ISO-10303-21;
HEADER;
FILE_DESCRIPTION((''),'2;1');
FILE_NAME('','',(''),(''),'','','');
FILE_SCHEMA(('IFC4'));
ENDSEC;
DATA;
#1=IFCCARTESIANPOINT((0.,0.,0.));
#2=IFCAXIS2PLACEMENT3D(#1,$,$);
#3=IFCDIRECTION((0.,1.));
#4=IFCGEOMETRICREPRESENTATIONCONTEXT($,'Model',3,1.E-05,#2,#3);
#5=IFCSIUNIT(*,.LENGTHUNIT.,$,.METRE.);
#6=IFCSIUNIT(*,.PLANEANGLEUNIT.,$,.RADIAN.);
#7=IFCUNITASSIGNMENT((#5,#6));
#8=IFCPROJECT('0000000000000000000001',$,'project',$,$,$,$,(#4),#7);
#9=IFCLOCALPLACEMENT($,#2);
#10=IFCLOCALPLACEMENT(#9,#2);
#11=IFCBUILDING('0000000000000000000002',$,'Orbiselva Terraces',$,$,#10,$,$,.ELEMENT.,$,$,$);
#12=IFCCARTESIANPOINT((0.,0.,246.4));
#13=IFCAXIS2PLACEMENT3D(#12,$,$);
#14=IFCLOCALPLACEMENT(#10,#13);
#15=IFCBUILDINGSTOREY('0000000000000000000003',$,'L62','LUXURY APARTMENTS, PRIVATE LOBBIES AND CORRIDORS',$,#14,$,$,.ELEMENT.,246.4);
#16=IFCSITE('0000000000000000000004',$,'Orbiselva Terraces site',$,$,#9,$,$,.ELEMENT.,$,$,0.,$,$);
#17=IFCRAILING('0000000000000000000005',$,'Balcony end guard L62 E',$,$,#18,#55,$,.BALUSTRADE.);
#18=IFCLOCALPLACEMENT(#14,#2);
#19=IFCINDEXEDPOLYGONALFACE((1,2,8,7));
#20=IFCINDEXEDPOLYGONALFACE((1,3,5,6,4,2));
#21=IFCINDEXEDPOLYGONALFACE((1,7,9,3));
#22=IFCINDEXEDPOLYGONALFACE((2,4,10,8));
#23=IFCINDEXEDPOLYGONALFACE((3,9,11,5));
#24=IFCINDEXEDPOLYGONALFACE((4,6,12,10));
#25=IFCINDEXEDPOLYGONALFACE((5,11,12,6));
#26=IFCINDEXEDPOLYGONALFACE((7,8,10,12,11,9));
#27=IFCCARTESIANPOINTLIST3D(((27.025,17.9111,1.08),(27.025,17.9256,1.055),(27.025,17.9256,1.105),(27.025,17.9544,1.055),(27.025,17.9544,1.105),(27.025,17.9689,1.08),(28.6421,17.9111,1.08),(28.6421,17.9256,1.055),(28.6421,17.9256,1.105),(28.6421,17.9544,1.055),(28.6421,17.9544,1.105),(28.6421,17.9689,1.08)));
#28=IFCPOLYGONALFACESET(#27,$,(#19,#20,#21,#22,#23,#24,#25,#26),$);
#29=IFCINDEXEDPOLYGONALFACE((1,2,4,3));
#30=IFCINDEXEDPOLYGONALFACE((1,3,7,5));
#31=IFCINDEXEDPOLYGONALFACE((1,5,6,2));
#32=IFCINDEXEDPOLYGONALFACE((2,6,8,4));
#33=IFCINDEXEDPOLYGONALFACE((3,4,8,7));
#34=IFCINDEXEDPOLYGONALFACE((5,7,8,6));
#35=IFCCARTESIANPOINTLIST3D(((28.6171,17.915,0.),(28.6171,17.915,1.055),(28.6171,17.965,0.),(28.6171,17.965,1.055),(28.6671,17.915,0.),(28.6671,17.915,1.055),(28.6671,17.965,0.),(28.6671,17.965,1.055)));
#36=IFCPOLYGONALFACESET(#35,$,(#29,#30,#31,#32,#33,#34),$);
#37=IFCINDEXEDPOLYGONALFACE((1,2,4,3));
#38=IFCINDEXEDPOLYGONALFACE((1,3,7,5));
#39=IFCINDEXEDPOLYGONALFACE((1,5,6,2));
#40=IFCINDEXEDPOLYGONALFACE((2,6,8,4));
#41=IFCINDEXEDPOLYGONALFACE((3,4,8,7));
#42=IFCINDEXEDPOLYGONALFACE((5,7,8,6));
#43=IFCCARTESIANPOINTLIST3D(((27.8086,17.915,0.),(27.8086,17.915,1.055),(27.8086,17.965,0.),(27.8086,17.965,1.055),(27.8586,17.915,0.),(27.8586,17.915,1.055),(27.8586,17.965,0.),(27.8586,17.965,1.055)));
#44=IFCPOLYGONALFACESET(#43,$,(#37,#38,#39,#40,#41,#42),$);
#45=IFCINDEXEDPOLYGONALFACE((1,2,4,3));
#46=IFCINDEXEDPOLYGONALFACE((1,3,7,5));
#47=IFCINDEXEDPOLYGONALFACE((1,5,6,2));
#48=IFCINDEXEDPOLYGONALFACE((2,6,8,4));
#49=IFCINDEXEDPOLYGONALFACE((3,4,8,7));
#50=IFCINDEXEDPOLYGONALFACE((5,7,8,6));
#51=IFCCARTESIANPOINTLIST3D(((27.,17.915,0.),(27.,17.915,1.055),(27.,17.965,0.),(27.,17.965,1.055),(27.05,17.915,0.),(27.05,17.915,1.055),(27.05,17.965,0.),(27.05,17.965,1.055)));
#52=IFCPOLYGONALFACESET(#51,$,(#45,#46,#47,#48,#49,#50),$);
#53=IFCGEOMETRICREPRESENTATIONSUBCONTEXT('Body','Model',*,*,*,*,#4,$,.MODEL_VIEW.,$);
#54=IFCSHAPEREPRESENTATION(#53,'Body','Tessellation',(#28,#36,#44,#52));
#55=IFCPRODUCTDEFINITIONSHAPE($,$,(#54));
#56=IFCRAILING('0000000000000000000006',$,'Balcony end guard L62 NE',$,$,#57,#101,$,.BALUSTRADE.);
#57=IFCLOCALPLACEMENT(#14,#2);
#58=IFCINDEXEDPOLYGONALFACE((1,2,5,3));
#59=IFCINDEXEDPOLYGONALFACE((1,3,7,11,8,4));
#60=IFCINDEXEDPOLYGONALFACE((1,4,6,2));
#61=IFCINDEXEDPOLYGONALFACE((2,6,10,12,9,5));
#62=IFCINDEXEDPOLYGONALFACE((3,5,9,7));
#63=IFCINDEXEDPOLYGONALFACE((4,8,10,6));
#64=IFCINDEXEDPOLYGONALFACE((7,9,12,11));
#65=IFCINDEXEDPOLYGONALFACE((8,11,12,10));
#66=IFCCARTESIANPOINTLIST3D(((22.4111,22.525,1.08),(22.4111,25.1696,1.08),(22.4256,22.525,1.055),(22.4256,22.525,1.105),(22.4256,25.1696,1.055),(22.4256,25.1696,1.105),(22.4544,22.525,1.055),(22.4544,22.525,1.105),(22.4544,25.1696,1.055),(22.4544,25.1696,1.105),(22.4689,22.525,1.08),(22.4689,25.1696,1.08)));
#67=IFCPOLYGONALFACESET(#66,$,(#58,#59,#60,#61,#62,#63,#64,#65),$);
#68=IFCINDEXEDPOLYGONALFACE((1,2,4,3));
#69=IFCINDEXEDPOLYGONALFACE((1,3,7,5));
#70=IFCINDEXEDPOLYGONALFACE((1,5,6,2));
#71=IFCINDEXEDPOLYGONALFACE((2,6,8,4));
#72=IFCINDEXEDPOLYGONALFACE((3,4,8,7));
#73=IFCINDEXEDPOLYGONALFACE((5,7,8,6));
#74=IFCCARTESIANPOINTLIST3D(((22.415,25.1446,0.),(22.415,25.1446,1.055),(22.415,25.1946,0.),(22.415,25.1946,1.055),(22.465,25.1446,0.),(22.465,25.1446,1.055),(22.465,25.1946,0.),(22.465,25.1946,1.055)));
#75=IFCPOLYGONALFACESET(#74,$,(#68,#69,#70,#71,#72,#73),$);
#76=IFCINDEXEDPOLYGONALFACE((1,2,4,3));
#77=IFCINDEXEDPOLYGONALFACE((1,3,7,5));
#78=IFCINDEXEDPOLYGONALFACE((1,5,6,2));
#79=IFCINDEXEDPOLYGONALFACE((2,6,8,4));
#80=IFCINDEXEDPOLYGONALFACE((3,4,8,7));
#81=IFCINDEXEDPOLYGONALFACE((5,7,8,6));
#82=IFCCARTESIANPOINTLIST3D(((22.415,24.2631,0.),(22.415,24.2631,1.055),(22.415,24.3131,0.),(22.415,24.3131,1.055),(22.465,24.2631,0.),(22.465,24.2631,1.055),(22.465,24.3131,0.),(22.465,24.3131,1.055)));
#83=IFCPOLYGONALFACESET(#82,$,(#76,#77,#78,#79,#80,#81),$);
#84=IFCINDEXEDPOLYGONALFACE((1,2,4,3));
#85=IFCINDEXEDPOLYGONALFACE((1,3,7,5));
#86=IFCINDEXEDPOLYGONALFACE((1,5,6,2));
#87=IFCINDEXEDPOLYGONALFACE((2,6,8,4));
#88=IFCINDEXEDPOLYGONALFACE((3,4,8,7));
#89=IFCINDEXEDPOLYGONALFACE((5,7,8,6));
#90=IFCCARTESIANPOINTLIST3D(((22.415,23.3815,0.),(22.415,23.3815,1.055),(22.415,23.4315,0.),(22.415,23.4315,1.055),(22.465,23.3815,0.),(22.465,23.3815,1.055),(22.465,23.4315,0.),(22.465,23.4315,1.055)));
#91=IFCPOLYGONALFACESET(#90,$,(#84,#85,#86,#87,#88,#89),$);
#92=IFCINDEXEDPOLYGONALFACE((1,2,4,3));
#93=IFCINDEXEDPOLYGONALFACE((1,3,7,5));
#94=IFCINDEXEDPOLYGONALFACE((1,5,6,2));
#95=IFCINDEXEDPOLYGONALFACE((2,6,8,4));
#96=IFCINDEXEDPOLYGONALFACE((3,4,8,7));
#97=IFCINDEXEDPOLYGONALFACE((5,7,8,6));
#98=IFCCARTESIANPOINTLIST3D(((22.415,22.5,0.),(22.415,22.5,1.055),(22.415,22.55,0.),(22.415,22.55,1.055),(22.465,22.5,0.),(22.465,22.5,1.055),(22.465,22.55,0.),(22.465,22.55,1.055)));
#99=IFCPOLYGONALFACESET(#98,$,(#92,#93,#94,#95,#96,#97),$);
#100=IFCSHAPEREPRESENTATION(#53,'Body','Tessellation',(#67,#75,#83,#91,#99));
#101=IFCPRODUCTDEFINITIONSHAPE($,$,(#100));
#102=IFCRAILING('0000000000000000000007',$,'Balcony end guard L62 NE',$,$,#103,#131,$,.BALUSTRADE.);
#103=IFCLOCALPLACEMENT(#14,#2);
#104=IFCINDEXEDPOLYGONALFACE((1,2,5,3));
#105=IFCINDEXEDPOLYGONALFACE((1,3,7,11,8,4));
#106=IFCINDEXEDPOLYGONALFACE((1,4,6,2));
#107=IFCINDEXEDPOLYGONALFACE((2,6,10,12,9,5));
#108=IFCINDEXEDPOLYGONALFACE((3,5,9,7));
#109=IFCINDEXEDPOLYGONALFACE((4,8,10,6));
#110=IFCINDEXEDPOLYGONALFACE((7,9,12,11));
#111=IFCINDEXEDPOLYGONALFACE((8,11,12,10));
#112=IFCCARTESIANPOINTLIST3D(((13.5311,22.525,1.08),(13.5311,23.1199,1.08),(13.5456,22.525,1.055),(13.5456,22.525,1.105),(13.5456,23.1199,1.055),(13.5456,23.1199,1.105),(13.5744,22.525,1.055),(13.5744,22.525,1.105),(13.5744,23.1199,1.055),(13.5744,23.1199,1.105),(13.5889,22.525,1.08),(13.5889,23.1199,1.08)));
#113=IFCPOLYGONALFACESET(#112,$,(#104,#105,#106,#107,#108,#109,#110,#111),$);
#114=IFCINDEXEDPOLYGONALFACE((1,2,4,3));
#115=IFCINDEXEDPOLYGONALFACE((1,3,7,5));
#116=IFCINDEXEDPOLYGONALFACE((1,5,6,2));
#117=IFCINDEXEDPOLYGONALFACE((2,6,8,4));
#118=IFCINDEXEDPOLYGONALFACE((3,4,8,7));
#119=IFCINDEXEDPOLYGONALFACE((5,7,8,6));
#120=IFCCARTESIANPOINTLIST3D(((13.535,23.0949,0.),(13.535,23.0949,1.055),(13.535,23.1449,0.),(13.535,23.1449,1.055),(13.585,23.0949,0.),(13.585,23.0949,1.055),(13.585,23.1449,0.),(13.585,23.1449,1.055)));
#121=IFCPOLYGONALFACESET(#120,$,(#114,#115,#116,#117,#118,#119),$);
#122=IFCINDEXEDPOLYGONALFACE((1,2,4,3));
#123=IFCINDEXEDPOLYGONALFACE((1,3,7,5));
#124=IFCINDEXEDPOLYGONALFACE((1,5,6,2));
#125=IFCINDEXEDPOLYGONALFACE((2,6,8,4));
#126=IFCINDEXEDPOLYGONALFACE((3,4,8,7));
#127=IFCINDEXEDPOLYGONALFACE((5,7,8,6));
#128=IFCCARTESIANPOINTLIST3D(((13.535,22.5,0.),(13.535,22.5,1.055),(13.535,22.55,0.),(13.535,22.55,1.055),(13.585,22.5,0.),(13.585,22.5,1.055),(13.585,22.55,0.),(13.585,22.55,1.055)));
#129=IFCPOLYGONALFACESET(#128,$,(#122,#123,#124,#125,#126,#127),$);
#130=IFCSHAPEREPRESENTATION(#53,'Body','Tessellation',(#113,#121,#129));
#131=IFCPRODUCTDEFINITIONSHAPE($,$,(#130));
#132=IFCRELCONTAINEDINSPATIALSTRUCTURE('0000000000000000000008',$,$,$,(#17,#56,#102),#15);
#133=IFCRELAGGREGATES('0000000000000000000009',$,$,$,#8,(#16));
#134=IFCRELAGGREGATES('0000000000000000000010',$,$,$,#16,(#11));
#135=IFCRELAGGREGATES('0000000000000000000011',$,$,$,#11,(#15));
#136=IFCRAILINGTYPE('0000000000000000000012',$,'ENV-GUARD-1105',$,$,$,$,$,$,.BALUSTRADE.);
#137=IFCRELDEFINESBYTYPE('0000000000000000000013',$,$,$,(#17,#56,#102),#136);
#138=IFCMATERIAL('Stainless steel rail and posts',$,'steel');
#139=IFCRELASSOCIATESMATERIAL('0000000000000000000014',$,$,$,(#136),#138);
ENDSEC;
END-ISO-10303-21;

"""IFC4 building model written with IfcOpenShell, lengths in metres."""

from ifc_helpers import new_model, si_unit, direction, frame, origin, origin_2d, place, context, subcontext, project, spatial, polyline, rectangle, outline, extrude, material, type_object, element, save


model = new_model("IFC4")

# Units and contexts
model_context = context("Model", 3, precision=1e-05, world=origin(), true_north=direction((0.0, 1.0)))
body_context = subcontext(model_context, "Body", "Model", "MODEL_VIEW")
ifc_project = project(units=[si_unit("LENGTHUNIT", "METRE"), si_unit("PLANEANGLEUNIT", "RADIAN")], contexts=[model_context])

# Site, building, storey
site_placement = place(None, origin())
site = spatial("IfcSite", under=ifc_project, at=site_placement, Name="Orbiselva Terraces site", CompositionType="ELEMENT", RefElevation=0.0)
building_placement = place(site_placement, origin())
building = spatial("IfcBuilding", under=site, at=building_placement, Name="Orbiselva Terraces", CompositionType="ELEMENT")
storey_placement = place(building_placement, frame((0.0, 0.0, 246.4)))
storey = spatial("IfcBuildingStorey", under=building, at=storey_placement, Name="L62", Description="LUXURY APARTMENTS, PRIVATE LOBBIES AND CORRIDORS", CompositionType="ELEMENT", Elevation=246.4)

# Railings
ifc_material_1 = material(Name="Stainless steel rail and posts", Category="steel")
railing_type_1 = type_object("IfcRailingType", Name="ENV-GUARD-1105", PredefinedType="BALUSTRADE", material=ifc_material_1)
railing_1_placement = place(storey_placement, frame((28.6421, 17.94, 0.0)))
element("IfcRailing", 1, at=railing_1_placement, inside=storey, type_object=railing_type_1, Name="Balcony end guard L62 E", PredefinedType="BALUSTRADE", context=body_context, shape_type="SweptSolid", body=[
    extrude(outline(polyline([(0.0289, 0.0), (0.0144, 0.025), (-0.0144, 0.025), (-0.0289, 0.0), (-0.0144, -0.025), (0.0144, -0.025), (0.0289, 0.0)])), frame((0.0, 0.0, 1.08), z_axis=(-1.0, 0.0, 0.0), x_axis=(0.0, -1.0, 0.0)), (0.0, 0.0, 1.0), 1.6171),
    extrude(rectangle(XDim=0.05, YDim=0.05, at=origin_2d()), origin(), (0.0, 0.0, 1.0), 1.055),
    extrude(rectangle(XDim=0.05, YDim=0.05, at=origin_2d()), frame((-0.8086, 0.0, 0.0)), (0.0, 0.0, 1.0), 1.055),
    extrude(rectangle(XDim=0.05, YDim=0.05, at=origin_2d()), frame((-1.6171, 0.0, 0.0)), (0.0, 0.0, 1.0), 1.055),
])
railing_2_placement = place(storey_placement, frame((22.44, 25.1696, 0.0)))
element("IfcRailing", 2, at=railing_2_placement, inside=storey, type_object=railing_type_1, Name="Balcony end guard L62 NE", PredefinedType="BALUSTRADE", context=body_context, shape_type="SweptSolid", body=[
    extrude(outline(polyline([(0.0289, 0.0), (0.0144, 0.025), (-0.0144, 0.025), (-0.0289, 0.0), (-0.0144, -0.025), (0.0144, -0.025), (0.0289, 0.0)])), frame((0.0, 0.0, 1.08), z_axis=(0.0, -1.0, 0.0), x_axis=(1.0, 0.0, 0.0)), (0.0, 0.0, 1.0), 2.6446),
    extrude(rectangle(XDim=0.05, YDim=0.05, at=origin_2d()), origin(), (0.0, 0.0, 1.0), 1.055),
    extrude(rectangle(XDim=0.05, YDim=0.05, at=origin_2d()), frame((0.0, -0.8815, 0.0)), (0.0, 0.0, 1.0), 1.055),
    extrude(rectangle(XDim=0.05, YDim=0.05, at=origin_2d()), frame((0.0, -1.7631, 0.0)), (0.0, 0.0, 1.0), 1.055),
    extrude(rectangle(XDim=0.05, YDim=0.05, at=origin_2d()), frame((0.0, -2.6446, 0.0)), (0.0, 0.0, 1.0), 1.055),
])
railing_3_placement = place(storey_placement, frame((13.56, 23.1199, 0.0)))
element("IfcRailing", 3, at=railing_3_placement, inside=storey, type_object=railing_type_1, Name="Balcony end guard L62 NE", PredefinedType="BALUSTRADE", context=body_context, shape_type="SweptSolid", body=[
    extrude(outline(polyline([(0.0289, 0.0), (0.0144, 0.025), (-0.0144, 0.025), (-0.0289, 0.0), (-0.0144, -0.025), (0.0144, -0.025), (0.0289, 0.0)])), frame((0.0, 0.0, 1.08), z_axis=(0.0, -1.0, 0.0), x_axis=(1.0, 0.0, 0.0)), (0.0, 0.0, 1.0), 0.5949),
    extrude(rectangle(XDim=0.05, YDim=0.05, at=origin_2d()), origin(), (0.0, 0.0, 1.0), 1.055),
    extrude(rectangle(XDim=0.05, YDim=0.05, at=origin_2d()), frame((0.0, -0.5949, 0.0)), (0.0, 0.0, 1.0), 1.055),
])

save(model, "model.ifc")
